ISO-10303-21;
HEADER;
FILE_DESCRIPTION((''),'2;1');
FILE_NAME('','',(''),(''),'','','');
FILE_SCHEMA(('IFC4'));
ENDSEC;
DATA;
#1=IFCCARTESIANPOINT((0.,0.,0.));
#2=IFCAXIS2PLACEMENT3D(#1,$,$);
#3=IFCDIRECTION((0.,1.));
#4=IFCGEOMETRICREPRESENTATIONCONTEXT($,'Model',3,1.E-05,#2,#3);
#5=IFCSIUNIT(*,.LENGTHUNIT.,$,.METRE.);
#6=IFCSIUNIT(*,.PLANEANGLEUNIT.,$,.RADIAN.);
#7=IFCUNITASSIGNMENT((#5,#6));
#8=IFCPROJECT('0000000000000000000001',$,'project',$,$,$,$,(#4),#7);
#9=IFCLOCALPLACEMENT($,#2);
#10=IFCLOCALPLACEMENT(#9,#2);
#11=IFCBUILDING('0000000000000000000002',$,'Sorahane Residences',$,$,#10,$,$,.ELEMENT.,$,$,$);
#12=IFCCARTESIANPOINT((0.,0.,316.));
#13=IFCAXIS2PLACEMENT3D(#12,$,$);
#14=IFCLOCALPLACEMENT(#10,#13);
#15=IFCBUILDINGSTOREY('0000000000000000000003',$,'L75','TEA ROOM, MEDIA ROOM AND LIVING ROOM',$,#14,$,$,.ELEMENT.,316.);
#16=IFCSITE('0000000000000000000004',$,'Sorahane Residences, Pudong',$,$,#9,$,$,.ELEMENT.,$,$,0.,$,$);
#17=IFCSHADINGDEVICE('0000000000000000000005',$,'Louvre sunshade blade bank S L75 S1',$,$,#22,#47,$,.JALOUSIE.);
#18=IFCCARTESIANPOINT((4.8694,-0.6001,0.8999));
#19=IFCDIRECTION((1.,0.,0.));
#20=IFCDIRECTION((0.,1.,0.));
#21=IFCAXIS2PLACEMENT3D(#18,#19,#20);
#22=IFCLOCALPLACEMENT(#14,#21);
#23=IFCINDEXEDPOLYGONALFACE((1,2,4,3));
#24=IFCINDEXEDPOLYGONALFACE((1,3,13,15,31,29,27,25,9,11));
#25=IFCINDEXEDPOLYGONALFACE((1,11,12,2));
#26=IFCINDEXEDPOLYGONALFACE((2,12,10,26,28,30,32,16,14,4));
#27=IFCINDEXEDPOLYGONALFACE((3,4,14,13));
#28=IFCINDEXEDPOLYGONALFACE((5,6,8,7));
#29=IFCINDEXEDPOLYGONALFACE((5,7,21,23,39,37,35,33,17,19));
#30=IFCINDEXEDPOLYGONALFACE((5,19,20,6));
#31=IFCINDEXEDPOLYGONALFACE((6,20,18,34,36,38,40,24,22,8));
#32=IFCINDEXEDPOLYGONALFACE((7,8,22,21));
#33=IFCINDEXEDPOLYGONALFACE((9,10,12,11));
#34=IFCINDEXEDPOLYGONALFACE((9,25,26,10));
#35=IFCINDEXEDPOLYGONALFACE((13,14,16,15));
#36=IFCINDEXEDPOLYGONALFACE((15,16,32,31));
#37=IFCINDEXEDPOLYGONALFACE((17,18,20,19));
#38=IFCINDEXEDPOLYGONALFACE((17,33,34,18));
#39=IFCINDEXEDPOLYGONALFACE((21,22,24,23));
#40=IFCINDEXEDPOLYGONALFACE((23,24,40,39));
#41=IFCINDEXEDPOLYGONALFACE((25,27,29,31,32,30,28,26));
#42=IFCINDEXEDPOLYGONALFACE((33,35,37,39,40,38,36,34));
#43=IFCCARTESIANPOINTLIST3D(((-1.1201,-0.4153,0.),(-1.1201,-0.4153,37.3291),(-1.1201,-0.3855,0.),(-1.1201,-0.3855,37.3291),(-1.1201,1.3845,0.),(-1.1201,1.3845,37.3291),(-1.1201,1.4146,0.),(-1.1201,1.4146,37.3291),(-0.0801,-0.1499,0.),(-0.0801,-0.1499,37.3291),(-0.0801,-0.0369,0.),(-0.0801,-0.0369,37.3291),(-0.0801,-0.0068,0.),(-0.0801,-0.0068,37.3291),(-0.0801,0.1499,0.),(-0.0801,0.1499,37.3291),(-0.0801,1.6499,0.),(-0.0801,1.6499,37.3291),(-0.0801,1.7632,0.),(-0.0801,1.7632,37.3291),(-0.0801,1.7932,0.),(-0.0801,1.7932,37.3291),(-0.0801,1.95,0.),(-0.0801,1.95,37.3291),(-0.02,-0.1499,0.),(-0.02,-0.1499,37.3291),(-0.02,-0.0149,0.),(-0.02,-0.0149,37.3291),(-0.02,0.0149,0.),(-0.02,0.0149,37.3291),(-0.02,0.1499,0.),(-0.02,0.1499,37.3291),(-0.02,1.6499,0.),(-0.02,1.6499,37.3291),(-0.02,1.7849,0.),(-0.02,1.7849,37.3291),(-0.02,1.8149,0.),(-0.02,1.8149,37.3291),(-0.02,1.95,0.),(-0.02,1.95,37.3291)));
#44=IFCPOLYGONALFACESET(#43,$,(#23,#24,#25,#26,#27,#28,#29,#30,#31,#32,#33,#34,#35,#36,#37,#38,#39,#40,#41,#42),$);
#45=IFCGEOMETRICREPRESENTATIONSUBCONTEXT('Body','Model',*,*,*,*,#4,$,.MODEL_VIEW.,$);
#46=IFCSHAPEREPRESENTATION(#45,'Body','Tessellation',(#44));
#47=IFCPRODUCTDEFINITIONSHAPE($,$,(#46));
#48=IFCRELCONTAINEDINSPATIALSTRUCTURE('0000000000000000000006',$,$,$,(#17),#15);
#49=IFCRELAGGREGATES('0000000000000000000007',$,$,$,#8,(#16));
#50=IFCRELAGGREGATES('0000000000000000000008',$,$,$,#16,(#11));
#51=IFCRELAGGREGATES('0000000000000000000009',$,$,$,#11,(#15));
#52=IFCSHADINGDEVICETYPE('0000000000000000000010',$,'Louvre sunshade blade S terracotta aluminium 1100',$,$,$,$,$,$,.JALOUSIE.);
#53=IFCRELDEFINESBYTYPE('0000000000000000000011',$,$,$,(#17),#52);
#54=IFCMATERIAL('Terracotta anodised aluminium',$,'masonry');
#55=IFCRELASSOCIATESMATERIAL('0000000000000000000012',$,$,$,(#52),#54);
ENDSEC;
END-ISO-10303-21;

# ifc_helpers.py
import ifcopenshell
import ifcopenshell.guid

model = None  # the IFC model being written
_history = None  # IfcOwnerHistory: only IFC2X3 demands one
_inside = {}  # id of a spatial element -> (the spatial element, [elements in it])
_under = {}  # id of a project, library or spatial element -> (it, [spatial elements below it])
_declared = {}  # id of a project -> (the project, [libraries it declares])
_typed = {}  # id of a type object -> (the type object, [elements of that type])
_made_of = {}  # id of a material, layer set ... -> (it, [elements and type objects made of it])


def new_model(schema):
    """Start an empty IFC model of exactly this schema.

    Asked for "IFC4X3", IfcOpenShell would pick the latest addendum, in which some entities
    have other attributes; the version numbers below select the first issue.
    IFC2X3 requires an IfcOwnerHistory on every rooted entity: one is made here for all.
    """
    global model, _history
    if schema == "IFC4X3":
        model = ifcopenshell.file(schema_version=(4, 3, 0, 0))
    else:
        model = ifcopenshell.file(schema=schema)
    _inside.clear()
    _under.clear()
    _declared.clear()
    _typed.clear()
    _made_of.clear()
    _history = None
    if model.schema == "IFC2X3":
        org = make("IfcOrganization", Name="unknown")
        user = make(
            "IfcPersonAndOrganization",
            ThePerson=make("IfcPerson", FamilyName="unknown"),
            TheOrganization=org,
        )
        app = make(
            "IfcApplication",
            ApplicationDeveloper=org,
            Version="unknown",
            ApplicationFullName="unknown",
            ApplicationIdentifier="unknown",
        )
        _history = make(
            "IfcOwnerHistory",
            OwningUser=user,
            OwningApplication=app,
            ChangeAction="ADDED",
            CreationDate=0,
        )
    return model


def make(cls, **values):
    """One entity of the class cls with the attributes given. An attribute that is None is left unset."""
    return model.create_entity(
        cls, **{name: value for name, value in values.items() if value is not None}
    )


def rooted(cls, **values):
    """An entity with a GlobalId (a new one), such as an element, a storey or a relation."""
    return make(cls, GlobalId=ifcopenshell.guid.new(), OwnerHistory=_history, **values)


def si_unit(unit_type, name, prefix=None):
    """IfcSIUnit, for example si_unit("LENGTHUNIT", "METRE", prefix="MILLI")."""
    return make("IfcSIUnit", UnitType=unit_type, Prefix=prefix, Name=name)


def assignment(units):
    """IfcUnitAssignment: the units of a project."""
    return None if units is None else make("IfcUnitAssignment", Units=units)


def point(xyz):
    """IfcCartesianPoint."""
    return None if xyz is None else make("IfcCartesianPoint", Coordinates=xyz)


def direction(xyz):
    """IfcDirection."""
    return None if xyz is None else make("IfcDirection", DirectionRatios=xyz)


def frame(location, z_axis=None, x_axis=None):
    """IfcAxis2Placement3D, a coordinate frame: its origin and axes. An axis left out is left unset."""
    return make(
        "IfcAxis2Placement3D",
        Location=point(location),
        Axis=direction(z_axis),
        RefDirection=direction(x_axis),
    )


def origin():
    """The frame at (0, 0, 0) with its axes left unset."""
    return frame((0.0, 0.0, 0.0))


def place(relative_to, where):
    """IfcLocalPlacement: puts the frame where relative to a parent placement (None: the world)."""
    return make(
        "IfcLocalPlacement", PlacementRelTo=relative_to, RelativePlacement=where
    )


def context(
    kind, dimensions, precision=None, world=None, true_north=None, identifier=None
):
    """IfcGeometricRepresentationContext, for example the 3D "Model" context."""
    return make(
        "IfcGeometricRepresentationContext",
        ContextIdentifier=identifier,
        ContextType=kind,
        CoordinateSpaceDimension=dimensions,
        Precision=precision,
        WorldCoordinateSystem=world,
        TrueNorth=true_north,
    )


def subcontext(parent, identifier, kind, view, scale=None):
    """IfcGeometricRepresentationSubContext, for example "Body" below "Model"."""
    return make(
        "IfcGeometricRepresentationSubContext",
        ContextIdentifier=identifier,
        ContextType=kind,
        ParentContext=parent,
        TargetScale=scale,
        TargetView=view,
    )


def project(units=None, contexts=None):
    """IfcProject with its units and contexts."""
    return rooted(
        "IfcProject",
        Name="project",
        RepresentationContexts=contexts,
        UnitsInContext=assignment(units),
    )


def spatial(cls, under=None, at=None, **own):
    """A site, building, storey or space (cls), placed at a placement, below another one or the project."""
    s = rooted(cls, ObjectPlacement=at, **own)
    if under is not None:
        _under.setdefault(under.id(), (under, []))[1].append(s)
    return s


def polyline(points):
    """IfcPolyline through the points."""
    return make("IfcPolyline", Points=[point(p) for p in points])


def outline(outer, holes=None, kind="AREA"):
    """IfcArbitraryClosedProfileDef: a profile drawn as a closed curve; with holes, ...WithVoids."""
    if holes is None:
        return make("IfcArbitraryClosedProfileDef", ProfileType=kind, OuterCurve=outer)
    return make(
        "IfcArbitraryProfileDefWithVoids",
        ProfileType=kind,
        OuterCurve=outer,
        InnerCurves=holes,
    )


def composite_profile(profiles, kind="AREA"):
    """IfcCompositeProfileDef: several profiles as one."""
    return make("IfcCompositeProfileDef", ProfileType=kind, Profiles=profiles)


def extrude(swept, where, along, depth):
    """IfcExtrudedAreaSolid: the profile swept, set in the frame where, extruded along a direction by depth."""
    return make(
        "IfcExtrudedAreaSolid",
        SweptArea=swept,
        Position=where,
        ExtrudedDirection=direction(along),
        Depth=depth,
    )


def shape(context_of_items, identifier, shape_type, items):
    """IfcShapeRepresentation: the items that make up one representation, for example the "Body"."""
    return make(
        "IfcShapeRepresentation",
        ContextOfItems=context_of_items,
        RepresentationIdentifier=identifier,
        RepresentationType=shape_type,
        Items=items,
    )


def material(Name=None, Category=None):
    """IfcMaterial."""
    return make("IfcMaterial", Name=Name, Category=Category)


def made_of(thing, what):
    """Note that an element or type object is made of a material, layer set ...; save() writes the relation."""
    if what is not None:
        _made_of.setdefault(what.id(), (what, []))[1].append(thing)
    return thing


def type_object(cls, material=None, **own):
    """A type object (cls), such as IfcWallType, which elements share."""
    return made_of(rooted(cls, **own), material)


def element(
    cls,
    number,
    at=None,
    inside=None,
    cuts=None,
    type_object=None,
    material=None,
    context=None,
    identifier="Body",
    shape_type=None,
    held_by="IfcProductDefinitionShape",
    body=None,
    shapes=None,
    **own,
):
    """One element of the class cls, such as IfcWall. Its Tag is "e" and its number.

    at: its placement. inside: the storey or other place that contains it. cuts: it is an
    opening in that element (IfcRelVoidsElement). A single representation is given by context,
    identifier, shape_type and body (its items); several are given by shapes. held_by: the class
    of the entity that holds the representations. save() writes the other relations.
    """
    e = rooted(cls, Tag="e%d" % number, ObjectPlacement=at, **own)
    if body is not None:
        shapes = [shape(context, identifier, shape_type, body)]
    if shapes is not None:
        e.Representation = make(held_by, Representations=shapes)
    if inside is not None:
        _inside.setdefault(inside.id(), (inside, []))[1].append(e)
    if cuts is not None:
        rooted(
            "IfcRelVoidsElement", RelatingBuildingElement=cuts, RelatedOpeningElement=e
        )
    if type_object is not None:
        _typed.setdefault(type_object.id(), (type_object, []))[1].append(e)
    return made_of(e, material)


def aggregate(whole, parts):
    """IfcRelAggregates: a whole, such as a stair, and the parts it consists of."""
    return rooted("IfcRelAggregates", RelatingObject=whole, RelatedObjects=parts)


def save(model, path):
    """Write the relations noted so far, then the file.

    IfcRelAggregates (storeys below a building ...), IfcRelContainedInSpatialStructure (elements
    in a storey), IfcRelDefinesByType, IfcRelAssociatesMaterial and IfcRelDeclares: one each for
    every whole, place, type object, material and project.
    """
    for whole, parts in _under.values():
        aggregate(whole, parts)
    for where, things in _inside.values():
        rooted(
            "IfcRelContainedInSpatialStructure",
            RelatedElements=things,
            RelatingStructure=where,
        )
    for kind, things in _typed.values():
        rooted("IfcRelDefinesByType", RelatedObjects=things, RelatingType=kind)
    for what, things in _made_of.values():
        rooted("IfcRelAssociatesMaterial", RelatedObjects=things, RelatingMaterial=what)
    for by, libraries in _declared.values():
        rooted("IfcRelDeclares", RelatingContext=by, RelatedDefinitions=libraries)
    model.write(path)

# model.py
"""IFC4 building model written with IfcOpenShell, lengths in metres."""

from ifc_helpers import new_model, si_unit, direction, frame, origin, place, context, subcontext, project, spatial, polyline, outline, composite_profile, extrude, material, type_object, element, save


model = new_model("IFC4")

# Units and contexts
model_context = context("Model", 3, precision=1e-05, world=origin(), true_north=direction((0.0, 1.0)))
body_context = subcontext(model_context, "Body", "Model", "MODEL_VIEW")
ifc_project = project(units=[si_unit("LENGTHUNIT", "METRE"), si_unit("PLANEANGLEUNIT", "RADIAN")], contexts=[model_context])

# Site, building, storey
site_placement = place(None, origin())
site = spatial("IfcSite", under=ifc_project, at=site_placement, Name="Sorahane Residences, Pudong", CompositionType="ELEMENT", RefElevation=0.0)
building_placement = place(site_placement, origin())
building = spatial("IfcBuilding", under=site, at=building_placement, Name="Sorahane Residences", CompositionType="ELEMENT")
storey_placement = place(building_placement, frame((0.0, 0.0, 316.0)))
storey = spatial("IfcBuildingStorey", under=building, at=storey_placement, Name="L75", Description="TEA ROOM, MEDIA ROOM AND LIVING ROOM", CompositionType="ELEMENT", Elevation=316.0)

# Shading device
ifc_material_1 = material(Name="Terracotta anodised aluminium", Category="masonry")
shading_device_type = type_object("IfcShadingDeviceType", Name="Louvre sunshade blade S terracotta aluminium 1100", PredefinedType="JALOUSIE", material=ifc_material_1)
shading_device_placement = place(storey_placement, frame((4.8694, -0.6001, 0.8999), z_axis=(1.0, 0.0, 0.0), x_axis=(0.0, 1.0, 0.0)))
element("IfcShadingDevice", 1, at=shading_device_placement, inside=storey, type_object=shading_device_type, Name="Louvre sunshade blade bank S L75 S1", PredefinedType="JALOUSIE", context=body_context, shape_type="SweptSolid", body=[
    extrude(composite_profile([outline(polyline([(-1.1201, -0.3855), (-1.1201, -0.4153), (-0.0801, -0.0369), (-0.0801, -0.1499), (-0.02, -0.1499), (-0.02, -0.0149), (-0.02, 0.0149), (-0.02, 0.1499), (-0.0801, 0.1499), (-0.0801, -0.0068), (-1.1201, -0.3855)])), outline(polyline([(-1.1201, 1.4146), (-1.1201, 1.3845), (-0.0801, 1.7632), (-0.0801, 1.6499), (-0.02, 1.6499), (-0.02, 1.7849), (-0.02, 1.8149), (-0.02, 1.95), (-0.0801, 1.95), (-0.0801, 1.7932), (-1.1201, 1.4146)]))]), origin(), (0.0, 0.0, 1.0), 37.3291),
])

save(model, "model.ifc")
